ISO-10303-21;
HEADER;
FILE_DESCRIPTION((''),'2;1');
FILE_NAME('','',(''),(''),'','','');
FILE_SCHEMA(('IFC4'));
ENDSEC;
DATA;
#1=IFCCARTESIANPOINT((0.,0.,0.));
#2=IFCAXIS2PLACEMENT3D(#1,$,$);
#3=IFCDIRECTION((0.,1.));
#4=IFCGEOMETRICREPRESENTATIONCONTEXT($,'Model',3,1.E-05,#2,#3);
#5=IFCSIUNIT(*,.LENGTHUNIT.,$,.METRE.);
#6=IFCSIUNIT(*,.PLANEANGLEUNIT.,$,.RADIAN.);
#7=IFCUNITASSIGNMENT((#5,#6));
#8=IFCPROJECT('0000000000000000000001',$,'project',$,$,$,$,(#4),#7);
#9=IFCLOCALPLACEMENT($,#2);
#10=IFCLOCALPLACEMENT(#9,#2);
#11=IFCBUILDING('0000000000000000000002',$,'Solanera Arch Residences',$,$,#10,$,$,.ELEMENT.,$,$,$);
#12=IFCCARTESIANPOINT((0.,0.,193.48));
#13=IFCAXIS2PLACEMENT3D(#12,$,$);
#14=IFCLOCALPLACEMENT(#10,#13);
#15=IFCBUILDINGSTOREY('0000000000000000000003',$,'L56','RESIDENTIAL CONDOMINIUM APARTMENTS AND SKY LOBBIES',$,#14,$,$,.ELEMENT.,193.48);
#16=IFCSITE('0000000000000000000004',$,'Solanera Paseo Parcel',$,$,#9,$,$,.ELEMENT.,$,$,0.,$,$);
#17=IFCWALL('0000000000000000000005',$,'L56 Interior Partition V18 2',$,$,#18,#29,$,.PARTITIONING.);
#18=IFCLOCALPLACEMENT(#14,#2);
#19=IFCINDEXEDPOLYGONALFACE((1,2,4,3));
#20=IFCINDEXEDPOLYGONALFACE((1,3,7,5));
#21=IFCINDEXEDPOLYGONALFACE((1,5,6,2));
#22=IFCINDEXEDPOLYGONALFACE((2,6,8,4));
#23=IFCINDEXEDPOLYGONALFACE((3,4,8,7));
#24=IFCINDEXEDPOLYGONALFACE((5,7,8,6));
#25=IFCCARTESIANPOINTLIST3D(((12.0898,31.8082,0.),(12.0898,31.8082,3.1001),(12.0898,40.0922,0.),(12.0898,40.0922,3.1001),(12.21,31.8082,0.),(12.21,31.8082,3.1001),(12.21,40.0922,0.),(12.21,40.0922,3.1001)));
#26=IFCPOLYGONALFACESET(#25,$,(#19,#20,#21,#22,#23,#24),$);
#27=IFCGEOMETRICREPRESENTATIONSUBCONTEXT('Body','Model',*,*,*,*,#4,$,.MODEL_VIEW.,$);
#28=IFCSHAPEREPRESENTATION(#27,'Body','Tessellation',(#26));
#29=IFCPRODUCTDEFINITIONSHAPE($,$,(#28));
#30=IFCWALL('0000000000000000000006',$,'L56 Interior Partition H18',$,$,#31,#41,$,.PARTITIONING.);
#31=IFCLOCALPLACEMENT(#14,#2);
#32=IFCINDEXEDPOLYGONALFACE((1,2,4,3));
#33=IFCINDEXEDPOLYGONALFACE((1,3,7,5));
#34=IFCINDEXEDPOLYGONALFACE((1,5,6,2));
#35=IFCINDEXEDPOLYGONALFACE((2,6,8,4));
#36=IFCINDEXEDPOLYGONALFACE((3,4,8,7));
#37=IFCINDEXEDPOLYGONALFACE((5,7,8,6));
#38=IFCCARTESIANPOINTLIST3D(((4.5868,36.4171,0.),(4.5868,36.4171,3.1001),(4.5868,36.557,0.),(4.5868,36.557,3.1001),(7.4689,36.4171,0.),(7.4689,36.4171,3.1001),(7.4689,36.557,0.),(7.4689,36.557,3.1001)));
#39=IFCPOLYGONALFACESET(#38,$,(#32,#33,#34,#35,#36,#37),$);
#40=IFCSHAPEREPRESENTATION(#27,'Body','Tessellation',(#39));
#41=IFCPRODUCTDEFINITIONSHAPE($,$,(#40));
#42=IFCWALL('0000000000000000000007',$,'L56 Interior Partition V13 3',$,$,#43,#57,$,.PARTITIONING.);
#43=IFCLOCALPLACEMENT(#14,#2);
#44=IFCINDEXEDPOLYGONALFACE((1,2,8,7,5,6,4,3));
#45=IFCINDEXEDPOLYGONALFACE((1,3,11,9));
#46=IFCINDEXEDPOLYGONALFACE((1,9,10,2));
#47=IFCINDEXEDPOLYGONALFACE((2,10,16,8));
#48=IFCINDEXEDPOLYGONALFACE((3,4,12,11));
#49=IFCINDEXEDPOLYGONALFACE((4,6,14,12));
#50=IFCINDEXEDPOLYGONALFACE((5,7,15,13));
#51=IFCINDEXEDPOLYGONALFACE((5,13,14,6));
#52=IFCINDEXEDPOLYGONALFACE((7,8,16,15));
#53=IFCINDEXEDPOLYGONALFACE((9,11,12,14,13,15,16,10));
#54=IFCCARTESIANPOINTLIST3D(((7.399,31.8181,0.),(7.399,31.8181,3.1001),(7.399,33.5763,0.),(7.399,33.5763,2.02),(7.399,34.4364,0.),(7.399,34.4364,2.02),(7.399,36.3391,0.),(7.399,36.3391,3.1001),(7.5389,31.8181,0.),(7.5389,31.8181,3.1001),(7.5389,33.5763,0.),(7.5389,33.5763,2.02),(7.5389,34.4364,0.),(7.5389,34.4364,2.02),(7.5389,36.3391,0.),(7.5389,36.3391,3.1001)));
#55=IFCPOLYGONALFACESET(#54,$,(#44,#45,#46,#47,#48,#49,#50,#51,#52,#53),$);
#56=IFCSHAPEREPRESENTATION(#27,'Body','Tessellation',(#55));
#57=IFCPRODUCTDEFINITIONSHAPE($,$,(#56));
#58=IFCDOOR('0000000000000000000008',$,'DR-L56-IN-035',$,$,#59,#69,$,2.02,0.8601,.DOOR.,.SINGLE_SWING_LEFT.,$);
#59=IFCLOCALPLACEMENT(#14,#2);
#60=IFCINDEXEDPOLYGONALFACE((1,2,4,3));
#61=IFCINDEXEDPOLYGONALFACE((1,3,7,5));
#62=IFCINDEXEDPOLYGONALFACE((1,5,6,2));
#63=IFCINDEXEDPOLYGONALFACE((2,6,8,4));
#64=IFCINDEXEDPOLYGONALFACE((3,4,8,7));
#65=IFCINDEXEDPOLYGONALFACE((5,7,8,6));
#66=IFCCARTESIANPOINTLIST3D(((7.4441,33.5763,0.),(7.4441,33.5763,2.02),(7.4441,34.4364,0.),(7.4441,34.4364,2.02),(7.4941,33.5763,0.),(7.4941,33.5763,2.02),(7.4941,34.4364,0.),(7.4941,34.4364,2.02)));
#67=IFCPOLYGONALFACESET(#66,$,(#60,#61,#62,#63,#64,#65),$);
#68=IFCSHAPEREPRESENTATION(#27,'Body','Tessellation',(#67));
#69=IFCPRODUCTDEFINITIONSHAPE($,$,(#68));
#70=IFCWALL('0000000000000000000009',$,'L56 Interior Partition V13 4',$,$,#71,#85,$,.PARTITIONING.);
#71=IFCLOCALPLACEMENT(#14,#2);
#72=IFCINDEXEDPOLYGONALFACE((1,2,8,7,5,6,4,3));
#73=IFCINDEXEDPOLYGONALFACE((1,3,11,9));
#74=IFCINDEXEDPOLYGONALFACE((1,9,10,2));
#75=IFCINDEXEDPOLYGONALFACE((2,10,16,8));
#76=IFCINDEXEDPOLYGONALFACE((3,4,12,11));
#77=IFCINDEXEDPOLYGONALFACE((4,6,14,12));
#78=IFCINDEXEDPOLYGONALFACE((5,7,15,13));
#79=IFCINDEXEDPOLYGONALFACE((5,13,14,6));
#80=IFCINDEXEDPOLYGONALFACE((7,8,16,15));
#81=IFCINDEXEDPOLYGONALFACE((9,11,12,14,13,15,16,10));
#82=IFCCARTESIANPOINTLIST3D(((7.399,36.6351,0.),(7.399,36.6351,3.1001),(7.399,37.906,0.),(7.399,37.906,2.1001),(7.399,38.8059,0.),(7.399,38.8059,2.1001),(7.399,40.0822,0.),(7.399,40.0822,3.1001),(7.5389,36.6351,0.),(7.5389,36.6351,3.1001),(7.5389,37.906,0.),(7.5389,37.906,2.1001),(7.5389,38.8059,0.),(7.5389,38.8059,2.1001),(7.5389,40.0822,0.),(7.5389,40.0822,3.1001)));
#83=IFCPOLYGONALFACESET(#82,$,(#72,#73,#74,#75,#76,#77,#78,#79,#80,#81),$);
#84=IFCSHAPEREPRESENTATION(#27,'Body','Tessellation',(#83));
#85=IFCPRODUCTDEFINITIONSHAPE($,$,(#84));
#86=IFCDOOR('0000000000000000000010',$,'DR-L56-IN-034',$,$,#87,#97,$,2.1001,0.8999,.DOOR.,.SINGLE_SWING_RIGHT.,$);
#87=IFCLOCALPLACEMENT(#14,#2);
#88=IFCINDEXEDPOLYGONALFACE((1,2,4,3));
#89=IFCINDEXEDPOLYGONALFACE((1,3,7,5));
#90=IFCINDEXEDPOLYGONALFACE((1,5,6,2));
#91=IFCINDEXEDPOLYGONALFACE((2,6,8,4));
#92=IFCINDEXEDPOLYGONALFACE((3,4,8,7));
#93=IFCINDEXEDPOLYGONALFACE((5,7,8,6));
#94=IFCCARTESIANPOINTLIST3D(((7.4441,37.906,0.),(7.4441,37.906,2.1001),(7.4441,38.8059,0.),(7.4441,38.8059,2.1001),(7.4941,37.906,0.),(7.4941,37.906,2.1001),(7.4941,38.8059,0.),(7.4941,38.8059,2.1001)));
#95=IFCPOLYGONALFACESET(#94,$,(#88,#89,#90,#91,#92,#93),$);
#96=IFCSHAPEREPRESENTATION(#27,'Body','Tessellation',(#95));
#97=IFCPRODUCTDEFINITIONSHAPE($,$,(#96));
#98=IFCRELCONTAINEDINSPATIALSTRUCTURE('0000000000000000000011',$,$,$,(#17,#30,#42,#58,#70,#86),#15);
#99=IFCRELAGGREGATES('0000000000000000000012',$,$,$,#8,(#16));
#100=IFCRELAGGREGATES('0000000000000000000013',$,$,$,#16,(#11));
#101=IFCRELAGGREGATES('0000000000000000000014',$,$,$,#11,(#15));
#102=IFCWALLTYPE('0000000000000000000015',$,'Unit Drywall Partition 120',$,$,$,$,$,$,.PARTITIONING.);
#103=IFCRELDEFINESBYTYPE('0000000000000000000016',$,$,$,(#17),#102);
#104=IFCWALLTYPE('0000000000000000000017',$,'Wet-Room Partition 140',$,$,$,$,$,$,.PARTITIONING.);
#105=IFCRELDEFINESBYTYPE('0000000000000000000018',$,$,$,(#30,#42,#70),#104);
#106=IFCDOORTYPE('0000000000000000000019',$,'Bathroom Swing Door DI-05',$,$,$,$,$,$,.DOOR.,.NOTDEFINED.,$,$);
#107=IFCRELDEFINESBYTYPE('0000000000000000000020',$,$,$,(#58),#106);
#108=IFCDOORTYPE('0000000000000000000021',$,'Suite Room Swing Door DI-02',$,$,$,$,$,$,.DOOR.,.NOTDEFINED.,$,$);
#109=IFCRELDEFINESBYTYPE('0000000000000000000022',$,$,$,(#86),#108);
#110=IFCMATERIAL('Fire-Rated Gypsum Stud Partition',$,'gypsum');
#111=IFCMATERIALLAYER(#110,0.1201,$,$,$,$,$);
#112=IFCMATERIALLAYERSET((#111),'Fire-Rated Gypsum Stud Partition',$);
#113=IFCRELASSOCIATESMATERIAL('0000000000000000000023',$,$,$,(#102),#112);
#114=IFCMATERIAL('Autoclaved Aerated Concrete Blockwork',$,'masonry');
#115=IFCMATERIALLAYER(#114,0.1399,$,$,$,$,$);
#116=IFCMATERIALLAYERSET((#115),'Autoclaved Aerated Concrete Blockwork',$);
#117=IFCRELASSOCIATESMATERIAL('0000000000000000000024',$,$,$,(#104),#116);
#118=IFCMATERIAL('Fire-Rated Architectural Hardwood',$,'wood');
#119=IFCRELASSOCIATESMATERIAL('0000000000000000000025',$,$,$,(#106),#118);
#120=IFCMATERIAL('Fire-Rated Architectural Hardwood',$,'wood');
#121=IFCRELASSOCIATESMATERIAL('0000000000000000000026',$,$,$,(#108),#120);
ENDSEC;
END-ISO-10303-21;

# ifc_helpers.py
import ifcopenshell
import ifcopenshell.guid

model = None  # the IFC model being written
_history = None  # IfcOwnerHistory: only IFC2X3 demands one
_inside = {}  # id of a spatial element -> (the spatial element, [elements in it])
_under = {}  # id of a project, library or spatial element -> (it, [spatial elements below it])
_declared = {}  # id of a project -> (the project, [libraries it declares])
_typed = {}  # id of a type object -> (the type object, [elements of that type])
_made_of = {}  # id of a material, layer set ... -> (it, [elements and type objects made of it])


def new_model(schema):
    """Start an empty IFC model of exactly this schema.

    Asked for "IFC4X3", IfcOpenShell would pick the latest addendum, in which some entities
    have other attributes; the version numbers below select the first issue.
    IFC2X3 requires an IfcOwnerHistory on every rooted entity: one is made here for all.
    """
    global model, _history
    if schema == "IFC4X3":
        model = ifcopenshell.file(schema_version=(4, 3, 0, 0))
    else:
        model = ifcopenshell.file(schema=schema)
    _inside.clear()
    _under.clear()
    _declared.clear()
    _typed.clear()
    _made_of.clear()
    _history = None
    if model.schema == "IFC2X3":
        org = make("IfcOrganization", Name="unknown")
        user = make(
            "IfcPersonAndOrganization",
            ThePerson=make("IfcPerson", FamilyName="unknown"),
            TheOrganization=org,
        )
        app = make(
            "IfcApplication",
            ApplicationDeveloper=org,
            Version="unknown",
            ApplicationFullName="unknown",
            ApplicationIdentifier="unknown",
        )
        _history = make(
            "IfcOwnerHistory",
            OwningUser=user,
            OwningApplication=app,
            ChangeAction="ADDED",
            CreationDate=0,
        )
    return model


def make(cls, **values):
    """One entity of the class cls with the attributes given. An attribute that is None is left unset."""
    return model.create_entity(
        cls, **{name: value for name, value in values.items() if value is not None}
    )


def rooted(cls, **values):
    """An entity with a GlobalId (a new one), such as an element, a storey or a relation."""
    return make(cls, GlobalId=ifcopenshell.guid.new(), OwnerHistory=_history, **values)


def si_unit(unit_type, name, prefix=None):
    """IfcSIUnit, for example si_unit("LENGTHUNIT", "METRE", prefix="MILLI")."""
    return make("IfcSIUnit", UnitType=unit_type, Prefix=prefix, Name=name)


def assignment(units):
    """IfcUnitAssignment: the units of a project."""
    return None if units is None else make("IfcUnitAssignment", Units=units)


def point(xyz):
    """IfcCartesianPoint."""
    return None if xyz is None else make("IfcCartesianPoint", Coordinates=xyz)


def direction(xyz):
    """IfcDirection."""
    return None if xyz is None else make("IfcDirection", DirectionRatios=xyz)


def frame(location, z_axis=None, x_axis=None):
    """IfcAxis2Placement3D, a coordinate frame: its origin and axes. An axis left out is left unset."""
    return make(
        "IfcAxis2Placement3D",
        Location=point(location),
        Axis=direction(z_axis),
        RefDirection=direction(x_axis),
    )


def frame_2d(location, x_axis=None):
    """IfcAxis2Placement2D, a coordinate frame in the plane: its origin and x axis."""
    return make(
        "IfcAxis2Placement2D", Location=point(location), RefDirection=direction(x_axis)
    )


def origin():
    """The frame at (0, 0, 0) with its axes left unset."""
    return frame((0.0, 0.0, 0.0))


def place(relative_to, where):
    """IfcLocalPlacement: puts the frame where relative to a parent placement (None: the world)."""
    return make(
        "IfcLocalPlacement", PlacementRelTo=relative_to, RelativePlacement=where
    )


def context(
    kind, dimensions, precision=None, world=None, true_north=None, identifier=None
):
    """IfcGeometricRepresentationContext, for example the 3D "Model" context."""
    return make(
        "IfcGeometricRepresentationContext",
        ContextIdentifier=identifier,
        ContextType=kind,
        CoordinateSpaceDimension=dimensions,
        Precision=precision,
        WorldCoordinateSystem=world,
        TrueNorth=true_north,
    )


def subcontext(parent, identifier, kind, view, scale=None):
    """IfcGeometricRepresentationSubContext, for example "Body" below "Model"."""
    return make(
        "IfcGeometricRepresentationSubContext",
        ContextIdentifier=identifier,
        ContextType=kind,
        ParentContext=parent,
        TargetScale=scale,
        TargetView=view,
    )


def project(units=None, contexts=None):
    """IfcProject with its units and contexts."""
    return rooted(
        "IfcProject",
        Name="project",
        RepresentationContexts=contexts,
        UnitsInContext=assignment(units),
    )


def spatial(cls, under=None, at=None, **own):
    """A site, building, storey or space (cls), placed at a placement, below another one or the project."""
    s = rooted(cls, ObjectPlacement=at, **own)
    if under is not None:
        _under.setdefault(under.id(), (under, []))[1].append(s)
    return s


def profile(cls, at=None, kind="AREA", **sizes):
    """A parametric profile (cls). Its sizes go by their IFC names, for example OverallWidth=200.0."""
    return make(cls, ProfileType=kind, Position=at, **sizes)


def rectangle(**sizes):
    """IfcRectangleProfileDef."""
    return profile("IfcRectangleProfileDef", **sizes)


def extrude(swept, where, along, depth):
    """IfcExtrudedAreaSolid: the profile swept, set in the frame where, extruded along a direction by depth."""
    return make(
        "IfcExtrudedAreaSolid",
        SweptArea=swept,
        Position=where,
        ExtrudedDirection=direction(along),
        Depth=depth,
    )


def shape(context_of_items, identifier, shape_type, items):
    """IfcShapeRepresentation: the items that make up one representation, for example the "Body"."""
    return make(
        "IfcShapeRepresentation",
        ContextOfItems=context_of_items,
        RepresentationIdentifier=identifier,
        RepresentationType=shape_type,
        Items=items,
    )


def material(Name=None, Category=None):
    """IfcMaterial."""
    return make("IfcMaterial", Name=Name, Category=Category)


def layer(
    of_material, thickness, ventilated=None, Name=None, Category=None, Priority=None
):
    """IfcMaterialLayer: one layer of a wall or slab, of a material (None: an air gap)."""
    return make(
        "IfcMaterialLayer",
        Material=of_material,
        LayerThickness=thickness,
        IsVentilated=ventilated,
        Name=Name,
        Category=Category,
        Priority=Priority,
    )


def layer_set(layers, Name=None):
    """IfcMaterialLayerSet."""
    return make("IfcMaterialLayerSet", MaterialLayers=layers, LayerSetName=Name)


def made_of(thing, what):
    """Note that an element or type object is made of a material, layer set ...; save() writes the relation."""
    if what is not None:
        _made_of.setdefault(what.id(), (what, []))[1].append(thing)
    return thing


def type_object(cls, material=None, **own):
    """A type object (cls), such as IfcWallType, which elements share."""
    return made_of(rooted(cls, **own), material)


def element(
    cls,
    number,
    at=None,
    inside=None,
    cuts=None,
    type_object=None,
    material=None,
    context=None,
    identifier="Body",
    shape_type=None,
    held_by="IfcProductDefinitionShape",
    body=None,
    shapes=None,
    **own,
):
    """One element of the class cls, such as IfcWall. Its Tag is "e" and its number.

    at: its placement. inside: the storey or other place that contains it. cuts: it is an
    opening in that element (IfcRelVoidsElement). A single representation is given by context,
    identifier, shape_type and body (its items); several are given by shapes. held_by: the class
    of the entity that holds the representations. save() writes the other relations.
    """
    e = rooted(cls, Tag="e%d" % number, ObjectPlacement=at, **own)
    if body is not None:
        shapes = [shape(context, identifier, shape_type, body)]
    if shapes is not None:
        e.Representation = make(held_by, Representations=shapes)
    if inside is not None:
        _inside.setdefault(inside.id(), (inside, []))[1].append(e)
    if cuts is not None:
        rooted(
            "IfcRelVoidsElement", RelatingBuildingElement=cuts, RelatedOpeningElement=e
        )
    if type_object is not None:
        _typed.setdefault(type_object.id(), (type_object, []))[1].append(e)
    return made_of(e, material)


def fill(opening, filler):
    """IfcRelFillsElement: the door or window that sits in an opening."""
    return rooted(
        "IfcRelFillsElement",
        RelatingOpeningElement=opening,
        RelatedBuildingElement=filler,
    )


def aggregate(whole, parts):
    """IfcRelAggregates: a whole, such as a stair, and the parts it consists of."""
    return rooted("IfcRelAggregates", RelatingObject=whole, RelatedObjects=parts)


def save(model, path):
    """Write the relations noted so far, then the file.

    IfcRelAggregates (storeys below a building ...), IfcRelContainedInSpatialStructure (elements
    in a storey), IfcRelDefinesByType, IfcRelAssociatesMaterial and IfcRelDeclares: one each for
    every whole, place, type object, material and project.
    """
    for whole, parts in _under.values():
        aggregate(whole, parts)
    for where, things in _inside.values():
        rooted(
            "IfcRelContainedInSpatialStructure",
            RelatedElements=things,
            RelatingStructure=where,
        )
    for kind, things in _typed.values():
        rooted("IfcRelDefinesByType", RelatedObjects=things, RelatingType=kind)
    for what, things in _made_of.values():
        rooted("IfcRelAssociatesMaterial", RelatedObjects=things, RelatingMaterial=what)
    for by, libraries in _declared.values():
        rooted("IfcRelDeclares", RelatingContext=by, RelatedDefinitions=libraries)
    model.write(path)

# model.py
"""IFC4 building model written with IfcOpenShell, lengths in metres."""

from ifc_helpers import new_model, si_unit, direction, frame, frame_2d, origin, place, context, subcontext, project, spatial, rectangle, extrude, material, layer, layer_set, type_object, element, fill, save


model = new_model("IFC4")

# Units and contexts
model_context = context("Model", 3, precision=1e-05, world=origin(), true_north=direction((0.0, 1.0)))
body_context = subcontext(model_context, "Body", "Model", "MODEL_VIEW")
ifc_project = project(units=[si_unit("LENGTHUNIT", "METRE"), si_unit("PLANEANGLEUNIT", "RADIAN")], contexts=[model_context])

# Site, building, storey
site_placement = place(None, origin())
site = spatial("IfcSite", under=ifc_project, at=site_placement, Name="Solanera Paseo Parcel", CompositionType="ELEMENT", RefElevation=0.0)
building_placement = place(site_placement, origin())
building = spatial("IfcBuilding", under=site, at=building_placement, Name="Solanera Arch Residences", CompositionType="ELEMENT")
storey_placement = place(building_placement, frame((0.0, 0.0, 193.48)))
storey = spatial("IfcBuildingStorey", under=building, at=storey_placement, Name="L56", Description="RESIDENTIAL CONDOMINIUM APARTMENTS AND SKY LOBBIES", CompositionType="ELEMENT", Elevation=193.48)

# Walls
ifc_material_1 = material(Name="Fire-Rated Gypsum Stud Partition", Category="gypsum")
ifc_layer_1 = layer(ifc_material_1, 0.1201)
ifc_layer_set_1 = layer_set([ifc_layer_1], Name="Fire-Rated Gypsum Stud Partition")
wall_type_1 = type_object("IfcWallType", Name="Unit Drywall Partition 120", PredefinedType="PARTITIONING", material=ifc_layer_set_1)
wall_1_placement = place(storey_placement, frame((12.1499, 31.8081, 0.0), z_axis=(0.0, 0.0, 1.0), x_axis=(0.0, 1.0, 0.0)))
element("IfcWall", 1, at=wall_1_placement, inside=storey, type_object=wall_type_1, Name="L56 Interior Partition V18 2", PredefinedType="PARTITIONING", context=body_context, shape_type="SweptSolid", body=[
    extrude(rectangle(XDim=8.2839, YDim=0.1201, at=frame_2d((4.1421, 0.0))), origin(), (0.0, 0.0, 1.0), 3.1001),
])
ifc_material_2 = material(Name="Autoclaved Aerated Concrete Blockwork", Category="masonry")
ifc_layer_2 = layer(ifc_material_2, 0.1399)
ifc_layer_set_2 = layer_set([ifc_layer_2], Name="Autoclaved Aerated Concrete Blockwork")
wall_type_2 = type_object("IfcWallType", Name="Wet-Room Partition 140", PredefinedType="PARTITIONING", material=ifc_layer_set_2)
wall_2_placement = place(storey_placement, frame((4.5869, 36.4871, 0.0), z_axis=(0.0, 0.0, 1.0), x_axis=(1.0, 0.0, 0.0)))
element("IfcWall", 2, at=wall_2_placement, inside=storey, type_object=wall_type_2, Name="L56 Interior Partition H18", PredefinedType="PARTITIONING", context=body_context, shape_type="SweptSolid", body=[
    extrude(rectangle(XDim=2.8821, YDim=0.1399, at=frame_2d((1.4409, 0.0))), origin(), (0.0, 0.0, 1.0), 3.1001),
])

# Walls, openings, doors
wall_3_placement = place(storey_placement, frame((7.469, 31.8181, 0.0), z_axis=(0.0, 0.0, 1.0), x_axis=(0.0, 1.0, 0.0)))
wall_3 = element("IfcWall", 3, at=wall_3_placement, inside=storey, type_object=wall_type_2, Name="L56 Interior Partition V13 3", PredefinedType="PARTITIONING", context=body_context, shape_type="SweptSolid", body=[
    extrude(rectangle(XDim=4.521, YDim=0.1399, at=frame_2d((2.2605, 0.0))), origin(), (0.0, 0.0, 1.0), 3.1001),
])
opening_1_placement = place(wall_3_placement, frame((1.7581, 0.0, 0.0)))
opening_1 = element("IfcOpeningElement", 4, at=opening_1_placement, cuts=wall_3, PredefinedType="OPENING", context=body_context, shape_type="SweptSolid", body=[
    extrude(rectangle(XDim=0.8601, YDim=2.02, at=frame_2d((0.4302, 1.01))), frame((0.0, 0.0798, 0.0), z_axis=(0.0, -1.0, 0.0), x_axis=(1.0, 0.0, 0.0)), (0.0, 0.0, 1.0), 0.1599),
])
ifc_material_3 = material(Name="Fire-Rated Architectural Hardwood", Category="wood")
door_type_1 = type_object("IfcDoorType", Name="Bathroom Swing Door DI-05", OperationType="NOTDEFINED", PredefinedType="DOOR", material=ifc_material_3)
door_1_placement = place(opening_1_placement, origin())
door_1 = element("IfcDoor", 5, at=door_1_placement, inside=storey, type_object=door_type_1, Name="DR-L56-IN-035", OperationType="SINGLE_SWING_LEFT", OverallHeight=2.02, OverallWidth=0.8601, PredefinedType="DOOR", context=body_context, shape_type="SweptSolid", body=[
    extrude(rectangle(XDim=0.8601, YDim=2.02, at=frame_2d((0.4302, 1.01))), frame((0.0, 0.0249, 0.0), z_axis=(0.0, -1.0, 0.0), x_axis=(1.0, 0.0, 0.0)), (0.0, 0.0, 1.0), 0.05),
])
fill(opening_1, door_1)
wall_4_placement = place(storey_placement, frame((7.469, 36.635, 0.0), z_axis=(0.0, 0.0, 1.0), x_axis=(0.0, 1.0, 0.0)))
wall_4 = element("IfcWall", 6, at=wall_4_placement, inside=storey, type_object=wall_type_2, Name="L56 Interior Partition V13 4", PredefinedType="PARTITIONING", context=body_context, shape_type="SweptSolid", body=[
    extrude(rectangle(XDim=3.447, YDim=0.1399, at=frame_2d((1.7236, 0.0))), origin(), (0.0, 0.0, 1.0), 3.1001),
])
opening_2_placement = place(wall_4_placement, frame((1.271, 0.0, 0.0)))
opening_2 = element("IfcOpeningElement", 7, at=opening_2_placement, cuts=wall_4, PredefinedType="OPENING", context=body_context, shape_type="SweptSolid", body=[
    extrude(rectangle(XDim=0.8999, YDim=2.1001, at=frame_2d((0.45, 1.05))), frame((0.0, 0.0798, 0.0), z_axis=(0.0, -1.0, 0.0), x_axis=(1.0, 0.0, 0.0)), (0.0, 0.0, 1.0), 0.1599),
])
ifc_material_4 = material(Name="Fire-Rated Architectural Hardwood", Category="wood")
door_type_2 = type_object("IfcDoorType", Name="Suite Room Swing Door DI-02", OperationType="NOTDEFINED", PredefinedType="DOOR", material=ifc_material_4)
door_2_placement = place(opening_2_placement, origin())
door_2 = element("IfcDoor", 8, at=door_2_placement, inside=storey, type_object=door_type_2, Name="DR-L56-IN-034", OperationType="SINGLE_SWING_RIGHT", OverallHeight=2.1001, OverallWidth=0.8999, PredefinedType="DOOR", context=body_context, shape_type="SweptSolid", body=[
    extrude(rectangle(XDim=0.8999, YDim=2.1001, at=frame_2d((0.45, 1.05))), frame((0.0, 0.0249, 0.0), z_axis=(0.0, -1.0, 0.0), x_axis=(1.0, 0.0, 0.0)), (0.0, 0.0, 1.0), 0.05),
])
fill(opening_2, door_2)

save(model, "model.ifc")
